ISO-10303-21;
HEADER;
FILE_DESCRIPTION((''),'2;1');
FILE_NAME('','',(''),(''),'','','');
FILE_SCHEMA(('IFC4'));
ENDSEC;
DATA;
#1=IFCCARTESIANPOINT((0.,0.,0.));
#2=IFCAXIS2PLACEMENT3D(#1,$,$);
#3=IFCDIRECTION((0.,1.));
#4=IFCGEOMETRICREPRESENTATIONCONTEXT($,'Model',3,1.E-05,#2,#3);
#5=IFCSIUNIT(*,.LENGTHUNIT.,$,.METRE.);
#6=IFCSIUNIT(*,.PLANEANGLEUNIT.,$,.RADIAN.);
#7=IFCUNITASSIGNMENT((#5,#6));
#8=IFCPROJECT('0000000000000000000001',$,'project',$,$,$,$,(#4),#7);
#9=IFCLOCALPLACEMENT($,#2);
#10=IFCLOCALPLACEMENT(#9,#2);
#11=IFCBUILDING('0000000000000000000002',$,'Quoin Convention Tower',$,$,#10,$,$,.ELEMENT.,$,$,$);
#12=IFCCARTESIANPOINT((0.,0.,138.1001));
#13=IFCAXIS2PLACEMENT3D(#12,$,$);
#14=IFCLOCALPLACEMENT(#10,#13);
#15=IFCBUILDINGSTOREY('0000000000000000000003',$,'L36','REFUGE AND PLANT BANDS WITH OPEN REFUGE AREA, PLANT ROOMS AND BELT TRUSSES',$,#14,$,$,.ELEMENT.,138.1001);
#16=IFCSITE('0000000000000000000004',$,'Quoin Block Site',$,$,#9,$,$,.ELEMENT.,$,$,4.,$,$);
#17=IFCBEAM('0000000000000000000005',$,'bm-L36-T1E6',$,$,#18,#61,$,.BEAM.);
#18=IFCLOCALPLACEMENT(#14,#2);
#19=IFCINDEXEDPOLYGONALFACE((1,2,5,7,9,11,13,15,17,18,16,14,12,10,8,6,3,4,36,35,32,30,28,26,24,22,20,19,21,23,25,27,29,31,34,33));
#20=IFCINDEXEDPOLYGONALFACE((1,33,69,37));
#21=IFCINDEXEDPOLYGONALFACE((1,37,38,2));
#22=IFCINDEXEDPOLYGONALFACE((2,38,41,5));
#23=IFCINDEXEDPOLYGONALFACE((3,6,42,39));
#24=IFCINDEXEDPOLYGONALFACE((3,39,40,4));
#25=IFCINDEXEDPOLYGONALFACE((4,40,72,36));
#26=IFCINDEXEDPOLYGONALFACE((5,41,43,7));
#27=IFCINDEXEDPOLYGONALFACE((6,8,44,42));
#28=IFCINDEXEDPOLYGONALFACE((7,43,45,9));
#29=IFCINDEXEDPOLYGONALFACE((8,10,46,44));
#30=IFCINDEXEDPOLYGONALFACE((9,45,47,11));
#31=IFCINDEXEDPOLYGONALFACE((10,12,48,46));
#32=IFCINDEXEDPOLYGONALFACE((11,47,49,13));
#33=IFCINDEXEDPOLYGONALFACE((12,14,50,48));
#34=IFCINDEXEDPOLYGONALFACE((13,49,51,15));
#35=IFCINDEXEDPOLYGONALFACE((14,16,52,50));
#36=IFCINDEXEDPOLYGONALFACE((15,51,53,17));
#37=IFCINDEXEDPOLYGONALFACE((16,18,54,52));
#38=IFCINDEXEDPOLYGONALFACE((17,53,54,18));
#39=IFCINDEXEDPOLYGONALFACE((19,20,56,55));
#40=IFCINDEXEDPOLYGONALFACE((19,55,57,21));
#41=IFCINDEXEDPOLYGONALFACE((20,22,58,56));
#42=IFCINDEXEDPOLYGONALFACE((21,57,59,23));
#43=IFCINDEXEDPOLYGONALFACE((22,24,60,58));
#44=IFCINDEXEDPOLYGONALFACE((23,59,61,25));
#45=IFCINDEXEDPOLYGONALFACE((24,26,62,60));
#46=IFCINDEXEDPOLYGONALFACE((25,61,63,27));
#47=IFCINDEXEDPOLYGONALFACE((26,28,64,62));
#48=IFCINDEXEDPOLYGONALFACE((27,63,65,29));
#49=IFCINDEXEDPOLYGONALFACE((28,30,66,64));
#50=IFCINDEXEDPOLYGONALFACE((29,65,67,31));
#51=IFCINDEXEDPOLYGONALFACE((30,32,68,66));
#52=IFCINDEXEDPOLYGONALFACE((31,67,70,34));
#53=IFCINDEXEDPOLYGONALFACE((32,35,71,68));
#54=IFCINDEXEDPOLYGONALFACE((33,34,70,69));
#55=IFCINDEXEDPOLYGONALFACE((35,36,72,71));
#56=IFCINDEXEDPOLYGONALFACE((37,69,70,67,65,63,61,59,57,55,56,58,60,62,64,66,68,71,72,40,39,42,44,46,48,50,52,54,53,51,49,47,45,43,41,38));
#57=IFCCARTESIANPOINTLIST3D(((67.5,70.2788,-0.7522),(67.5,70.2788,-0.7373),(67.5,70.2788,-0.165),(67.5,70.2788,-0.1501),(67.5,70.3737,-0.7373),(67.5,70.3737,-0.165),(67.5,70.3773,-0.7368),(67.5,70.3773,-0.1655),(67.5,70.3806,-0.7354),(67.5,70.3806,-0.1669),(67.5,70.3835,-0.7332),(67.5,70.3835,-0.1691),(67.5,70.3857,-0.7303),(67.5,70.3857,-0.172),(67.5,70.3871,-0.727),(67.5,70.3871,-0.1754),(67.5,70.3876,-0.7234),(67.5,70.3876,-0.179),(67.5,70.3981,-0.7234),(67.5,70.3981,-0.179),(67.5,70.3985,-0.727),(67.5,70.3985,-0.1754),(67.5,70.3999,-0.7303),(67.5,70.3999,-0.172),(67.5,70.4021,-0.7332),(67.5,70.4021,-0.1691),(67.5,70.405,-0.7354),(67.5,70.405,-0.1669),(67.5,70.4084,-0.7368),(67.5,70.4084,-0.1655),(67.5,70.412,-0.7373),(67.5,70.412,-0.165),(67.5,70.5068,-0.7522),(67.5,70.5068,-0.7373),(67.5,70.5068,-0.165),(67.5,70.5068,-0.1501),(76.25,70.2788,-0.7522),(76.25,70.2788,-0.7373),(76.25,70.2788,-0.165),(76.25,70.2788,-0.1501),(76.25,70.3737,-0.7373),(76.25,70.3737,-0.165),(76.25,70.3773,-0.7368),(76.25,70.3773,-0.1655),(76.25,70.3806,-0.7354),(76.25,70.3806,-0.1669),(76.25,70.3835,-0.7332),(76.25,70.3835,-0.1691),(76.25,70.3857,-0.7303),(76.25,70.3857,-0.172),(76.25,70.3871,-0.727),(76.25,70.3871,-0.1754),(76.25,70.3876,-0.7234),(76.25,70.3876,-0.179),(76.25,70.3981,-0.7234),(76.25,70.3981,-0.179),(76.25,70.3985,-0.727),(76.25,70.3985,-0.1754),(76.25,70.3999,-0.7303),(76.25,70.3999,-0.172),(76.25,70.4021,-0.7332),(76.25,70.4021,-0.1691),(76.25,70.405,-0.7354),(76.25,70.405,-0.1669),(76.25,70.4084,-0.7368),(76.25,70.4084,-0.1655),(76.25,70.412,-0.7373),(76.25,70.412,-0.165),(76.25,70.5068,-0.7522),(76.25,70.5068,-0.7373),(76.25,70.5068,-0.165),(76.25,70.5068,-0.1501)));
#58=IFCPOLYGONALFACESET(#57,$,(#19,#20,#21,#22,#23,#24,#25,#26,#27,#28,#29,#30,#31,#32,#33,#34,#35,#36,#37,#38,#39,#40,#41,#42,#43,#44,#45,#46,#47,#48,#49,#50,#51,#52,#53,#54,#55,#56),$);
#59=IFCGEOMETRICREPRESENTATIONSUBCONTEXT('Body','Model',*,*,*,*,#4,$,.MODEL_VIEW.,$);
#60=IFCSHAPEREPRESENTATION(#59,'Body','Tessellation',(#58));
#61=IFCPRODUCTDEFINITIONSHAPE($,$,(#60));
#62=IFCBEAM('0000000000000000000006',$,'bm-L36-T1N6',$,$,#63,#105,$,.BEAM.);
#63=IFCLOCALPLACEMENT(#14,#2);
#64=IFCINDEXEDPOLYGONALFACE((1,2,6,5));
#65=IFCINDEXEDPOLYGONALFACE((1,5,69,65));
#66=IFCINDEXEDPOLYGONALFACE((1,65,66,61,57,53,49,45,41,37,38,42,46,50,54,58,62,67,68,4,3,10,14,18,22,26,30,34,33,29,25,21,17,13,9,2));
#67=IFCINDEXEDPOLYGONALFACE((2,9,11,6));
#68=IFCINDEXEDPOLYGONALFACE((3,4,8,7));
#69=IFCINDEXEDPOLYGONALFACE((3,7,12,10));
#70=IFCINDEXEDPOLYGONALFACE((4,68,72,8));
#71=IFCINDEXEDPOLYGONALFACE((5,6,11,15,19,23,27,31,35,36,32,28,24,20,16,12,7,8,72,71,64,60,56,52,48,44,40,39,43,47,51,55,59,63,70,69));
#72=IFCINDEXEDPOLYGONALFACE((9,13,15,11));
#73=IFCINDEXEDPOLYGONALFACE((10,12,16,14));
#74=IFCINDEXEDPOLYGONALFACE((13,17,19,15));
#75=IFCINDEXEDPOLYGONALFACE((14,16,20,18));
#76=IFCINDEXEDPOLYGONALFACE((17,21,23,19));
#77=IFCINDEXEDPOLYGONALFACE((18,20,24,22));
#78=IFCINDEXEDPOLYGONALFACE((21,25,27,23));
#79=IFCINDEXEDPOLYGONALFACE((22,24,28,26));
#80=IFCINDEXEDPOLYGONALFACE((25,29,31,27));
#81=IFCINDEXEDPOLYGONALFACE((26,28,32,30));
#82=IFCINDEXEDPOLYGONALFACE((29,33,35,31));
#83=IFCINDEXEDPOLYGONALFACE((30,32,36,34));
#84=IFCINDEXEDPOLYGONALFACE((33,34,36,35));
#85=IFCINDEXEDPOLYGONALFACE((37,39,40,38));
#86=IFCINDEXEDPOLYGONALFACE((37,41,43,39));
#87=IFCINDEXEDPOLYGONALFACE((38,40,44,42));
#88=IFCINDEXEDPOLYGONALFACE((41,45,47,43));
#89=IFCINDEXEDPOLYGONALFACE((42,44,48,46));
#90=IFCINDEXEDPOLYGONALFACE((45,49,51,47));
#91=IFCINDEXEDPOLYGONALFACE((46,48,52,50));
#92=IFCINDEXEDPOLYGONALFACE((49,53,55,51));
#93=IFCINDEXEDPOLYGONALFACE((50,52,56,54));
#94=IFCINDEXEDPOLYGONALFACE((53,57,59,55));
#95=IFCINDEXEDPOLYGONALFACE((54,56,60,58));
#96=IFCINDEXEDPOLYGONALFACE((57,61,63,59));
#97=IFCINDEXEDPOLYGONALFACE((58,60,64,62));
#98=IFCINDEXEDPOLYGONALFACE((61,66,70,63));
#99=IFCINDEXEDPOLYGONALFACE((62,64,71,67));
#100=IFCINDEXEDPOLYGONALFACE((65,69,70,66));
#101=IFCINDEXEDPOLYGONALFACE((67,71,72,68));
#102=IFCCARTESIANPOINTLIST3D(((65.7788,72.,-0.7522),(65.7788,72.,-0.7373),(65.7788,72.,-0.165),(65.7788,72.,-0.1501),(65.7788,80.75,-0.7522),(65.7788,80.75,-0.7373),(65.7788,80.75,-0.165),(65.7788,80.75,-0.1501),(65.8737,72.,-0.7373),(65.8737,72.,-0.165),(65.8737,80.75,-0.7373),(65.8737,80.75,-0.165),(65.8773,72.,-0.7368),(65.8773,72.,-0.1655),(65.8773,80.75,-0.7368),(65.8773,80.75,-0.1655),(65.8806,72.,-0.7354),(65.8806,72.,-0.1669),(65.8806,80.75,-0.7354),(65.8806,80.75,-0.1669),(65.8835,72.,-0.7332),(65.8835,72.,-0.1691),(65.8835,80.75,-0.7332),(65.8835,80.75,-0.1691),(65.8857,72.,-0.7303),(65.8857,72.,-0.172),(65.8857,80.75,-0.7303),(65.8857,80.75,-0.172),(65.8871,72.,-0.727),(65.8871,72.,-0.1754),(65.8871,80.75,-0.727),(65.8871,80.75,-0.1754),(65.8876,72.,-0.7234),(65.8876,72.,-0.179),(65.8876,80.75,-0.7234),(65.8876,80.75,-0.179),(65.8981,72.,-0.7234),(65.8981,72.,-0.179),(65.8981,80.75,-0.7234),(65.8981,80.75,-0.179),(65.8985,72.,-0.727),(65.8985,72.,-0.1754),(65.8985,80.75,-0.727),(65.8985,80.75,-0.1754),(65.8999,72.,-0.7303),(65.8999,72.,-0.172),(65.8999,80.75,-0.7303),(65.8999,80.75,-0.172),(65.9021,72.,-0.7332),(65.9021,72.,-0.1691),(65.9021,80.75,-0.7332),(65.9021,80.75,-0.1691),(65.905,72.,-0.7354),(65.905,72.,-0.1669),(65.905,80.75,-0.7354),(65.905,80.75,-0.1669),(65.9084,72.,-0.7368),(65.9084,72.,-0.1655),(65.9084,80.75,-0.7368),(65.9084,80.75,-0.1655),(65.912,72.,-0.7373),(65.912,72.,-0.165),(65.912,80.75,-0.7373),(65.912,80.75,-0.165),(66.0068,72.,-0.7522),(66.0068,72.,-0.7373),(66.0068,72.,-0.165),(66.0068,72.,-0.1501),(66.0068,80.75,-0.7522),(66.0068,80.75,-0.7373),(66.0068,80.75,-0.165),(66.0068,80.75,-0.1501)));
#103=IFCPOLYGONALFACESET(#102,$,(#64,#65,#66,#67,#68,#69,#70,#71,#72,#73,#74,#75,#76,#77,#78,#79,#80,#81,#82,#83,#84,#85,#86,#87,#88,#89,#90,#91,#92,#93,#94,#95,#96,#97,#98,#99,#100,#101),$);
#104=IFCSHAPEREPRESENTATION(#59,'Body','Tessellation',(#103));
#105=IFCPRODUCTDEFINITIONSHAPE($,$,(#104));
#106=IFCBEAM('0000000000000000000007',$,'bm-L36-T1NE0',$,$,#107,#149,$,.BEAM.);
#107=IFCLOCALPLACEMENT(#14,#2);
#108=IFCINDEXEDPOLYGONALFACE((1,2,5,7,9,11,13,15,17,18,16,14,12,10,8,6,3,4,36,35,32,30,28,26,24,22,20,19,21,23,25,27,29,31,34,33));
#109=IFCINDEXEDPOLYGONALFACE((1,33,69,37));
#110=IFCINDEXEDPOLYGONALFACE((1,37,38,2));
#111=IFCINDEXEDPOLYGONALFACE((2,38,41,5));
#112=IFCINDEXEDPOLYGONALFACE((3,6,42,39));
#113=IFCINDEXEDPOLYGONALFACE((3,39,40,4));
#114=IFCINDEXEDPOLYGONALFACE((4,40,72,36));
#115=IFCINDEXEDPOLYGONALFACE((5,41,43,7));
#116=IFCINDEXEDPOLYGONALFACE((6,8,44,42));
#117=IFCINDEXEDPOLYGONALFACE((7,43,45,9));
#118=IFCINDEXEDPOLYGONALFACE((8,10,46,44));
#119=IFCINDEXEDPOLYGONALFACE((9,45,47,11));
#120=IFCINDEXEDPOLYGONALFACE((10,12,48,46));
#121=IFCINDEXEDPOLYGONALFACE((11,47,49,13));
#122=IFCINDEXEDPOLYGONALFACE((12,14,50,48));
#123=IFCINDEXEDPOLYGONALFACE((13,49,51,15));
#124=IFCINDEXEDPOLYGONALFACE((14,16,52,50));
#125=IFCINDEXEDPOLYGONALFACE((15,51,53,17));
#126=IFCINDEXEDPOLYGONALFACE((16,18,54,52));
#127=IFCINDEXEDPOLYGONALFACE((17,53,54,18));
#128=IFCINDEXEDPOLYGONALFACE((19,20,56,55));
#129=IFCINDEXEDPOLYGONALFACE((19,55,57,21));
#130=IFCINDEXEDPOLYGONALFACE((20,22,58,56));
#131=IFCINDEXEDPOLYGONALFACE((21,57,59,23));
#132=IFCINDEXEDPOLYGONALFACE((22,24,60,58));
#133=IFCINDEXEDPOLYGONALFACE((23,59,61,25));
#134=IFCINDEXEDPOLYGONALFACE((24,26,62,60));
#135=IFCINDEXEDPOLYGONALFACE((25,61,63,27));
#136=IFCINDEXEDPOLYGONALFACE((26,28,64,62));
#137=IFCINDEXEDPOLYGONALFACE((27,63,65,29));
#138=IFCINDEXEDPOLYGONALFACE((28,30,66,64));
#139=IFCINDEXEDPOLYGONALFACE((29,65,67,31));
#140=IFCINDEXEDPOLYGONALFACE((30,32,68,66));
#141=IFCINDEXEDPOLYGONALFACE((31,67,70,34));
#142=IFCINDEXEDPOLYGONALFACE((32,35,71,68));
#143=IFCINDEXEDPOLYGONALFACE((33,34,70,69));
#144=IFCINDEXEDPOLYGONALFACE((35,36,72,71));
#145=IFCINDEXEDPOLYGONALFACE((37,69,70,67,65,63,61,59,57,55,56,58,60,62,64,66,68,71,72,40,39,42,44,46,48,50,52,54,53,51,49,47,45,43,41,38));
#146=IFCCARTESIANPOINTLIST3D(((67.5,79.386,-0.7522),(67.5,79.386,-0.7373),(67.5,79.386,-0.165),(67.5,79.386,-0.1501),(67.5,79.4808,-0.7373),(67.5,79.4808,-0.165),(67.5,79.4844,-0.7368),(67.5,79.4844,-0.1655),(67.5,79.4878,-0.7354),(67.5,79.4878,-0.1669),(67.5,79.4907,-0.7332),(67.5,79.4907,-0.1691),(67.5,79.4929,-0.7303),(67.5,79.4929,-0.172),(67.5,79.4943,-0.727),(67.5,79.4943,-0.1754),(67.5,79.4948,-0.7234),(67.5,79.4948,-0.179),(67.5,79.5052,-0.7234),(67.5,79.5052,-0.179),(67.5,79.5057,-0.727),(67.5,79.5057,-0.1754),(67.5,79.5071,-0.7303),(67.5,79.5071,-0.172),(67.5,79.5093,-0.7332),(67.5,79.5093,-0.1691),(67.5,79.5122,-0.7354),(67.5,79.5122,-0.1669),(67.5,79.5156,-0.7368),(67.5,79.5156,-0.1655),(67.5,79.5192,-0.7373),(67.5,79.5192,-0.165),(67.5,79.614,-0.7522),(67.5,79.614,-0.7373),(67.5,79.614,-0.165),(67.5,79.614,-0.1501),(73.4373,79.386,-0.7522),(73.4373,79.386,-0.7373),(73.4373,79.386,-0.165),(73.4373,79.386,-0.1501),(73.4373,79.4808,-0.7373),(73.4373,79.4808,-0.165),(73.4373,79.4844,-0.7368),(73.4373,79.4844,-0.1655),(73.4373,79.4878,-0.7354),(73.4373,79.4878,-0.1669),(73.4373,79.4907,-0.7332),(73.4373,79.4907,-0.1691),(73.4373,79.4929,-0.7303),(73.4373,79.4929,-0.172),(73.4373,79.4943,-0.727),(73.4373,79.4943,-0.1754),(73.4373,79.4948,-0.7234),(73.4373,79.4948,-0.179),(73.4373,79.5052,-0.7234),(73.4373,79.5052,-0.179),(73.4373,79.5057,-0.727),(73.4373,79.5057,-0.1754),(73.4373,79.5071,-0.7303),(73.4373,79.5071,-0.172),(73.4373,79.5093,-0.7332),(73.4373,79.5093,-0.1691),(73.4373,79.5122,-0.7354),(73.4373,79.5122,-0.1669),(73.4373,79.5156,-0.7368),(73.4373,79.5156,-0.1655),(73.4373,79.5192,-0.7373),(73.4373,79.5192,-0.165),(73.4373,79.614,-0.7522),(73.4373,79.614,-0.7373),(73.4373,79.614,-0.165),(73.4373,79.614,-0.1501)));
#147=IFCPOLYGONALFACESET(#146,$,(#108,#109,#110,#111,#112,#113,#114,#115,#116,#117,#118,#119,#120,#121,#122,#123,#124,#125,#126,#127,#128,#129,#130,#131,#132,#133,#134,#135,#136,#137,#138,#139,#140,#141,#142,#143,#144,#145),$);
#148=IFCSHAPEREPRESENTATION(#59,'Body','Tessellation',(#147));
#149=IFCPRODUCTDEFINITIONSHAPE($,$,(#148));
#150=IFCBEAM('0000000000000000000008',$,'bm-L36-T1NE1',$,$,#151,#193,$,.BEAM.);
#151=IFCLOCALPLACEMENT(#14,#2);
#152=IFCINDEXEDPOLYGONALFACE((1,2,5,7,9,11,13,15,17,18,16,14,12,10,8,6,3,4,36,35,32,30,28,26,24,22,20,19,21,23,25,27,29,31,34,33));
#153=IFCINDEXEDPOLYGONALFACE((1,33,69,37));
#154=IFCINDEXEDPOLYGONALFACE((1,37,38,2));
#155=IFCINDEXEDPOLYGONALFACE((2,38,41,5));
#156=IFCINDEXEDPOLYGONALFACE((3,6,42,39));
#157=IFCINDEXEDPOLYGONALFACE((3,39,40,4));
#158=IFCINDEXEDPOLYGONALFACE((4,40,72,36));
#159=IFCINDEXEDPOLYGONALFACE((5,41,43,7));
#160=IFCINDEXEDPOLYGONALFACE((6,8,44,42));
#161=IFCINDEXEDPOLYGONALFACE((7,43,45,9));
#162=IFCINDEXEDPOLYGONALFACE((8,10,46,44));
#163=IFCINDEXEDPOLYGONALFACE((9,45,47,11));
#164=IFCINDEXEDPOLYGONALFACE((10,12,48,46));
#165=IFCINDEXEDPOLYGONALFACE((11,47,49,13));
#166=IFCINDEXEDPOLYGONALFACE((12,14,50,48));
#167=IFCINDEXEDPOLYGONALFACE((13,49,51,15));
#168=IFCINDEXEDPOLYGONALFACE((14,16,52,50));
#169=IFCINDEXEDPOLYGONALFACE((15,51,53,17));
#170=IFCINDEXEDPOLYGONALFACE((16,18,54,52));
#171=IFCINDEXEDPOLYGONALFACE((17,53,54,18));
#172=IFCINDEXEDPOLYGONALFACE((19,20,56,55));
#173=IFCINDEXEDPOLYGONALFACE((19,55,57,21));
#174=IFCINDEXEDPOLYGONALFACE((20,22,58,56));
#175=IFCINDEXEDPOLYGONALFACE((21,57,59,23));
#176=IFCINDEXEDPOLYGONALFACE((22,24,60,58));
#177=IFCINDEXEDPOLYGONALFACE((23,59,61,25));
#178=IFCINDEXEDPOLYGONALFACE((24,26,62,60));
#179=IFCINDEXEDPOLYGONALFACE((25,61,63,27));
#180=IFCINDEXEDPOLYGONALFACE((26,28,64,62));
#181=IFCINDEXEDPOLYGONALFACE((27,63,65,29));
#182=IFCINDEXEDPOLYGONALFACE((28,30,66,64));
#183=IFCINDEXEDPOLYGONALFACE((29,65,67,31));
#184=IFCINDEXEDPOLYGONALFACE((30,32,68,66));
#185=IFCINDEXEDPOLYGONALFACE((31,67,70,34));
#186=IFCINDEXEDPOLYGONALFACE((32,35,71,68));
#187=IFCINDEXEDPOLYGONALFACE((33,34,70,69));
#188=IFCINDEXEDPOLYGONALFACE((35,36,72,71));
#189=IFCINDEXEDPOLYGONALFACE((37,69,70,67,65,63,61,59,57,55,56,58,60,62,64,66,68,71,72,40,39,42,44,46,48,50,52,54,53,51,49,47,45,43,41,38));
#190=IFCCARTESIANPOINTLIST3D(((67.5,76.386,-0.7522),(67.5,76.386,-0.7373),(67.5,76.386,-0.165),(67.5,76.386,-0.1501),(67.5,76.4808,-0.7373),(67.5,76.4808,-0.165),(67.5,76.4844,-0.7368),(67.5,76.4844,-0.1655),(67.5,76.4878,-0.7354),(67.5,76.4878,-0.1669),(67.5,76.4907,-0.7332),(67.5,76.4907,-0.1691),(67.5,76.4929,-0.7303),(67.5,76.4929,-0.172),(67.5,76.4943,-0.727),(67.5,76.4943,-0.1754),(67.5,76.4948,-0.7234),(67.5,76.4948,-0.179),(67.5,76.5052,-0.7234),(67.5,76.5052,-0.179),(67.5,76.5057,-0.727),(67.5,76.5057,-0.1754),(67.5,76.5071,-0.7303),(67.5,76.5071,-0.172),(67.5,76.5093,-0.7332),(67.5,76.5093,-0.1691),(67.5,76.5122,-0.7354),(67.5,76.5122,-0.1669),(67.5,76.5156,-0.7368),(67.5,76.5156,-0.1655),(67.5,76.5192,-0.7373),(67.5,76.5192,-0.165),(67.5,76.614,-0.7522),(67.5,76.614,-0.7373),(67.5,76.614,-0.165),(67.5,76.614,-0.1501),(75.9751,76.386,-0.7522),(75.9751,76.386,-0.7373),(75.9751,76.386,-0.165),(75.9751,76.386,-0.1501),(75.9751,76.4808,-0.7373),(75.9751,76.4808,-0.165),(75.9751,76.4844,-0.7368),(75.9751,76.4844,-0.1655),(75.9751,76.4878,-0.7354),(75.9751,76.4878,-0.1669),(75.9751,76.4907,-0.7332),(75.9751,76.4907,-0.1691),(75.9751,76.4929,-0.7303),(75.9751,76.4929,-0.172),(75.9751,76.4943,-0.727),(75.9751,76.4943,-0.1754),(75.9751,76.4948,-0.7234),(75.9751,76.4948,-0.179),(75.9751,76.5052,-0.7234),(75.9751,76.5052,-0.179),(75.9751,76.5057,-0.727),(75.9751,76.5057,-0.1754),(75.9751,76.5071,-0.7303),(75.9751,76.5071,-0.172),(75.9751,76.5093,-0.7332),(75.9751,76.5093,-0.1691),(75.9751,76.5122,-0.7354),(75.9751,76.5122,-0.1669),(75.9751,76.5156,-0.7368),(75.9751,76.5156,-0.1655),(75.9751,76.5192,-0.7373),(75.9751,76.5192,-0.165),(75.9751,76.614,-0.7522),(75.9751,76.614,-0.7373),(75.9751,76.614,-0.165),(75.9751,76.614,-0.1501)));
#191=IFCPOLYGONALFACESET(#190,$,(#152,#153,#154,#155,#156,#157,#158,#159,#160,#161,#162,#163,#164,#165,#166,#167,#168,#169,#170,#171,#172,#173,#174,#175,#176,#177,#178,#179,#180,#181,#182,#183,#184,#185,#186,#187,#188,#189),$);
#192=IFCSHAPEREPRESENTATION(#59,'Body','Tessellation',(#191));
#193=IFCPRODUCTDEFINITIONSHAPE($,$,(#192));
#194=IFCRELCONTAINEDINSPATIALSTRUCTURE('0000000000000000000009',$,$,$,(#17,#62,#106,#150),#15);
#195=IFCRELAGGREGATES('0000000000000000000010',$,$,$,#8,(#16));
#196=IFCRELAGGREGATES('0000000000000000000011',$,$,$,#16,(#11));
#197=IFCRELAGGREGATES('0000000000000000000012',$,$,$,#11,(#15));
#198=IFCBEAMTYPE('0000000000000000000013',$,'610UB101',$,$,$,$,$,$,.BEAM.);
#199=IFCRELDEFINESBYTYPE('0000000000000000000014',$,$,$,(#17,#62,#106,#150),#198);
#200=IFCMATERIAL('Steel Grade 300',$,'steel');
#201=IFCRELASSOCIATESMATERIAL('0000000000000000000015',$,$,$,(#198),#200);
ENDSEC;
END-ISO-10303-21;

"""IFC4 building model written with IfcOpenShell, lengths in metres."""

from ifc_helpers import new_model, si_unit, direction, frame, origin, origin_2d, place, context, subcontext, project, spatial, i_section, extrude, material, material_profile, profile_set, type_object, element, save


model = new_model("IFC4")

# Units and contexts
model_context = context("Model", 3, precision=1e-05, world=origin(), true_north=direction((0.0, 1.0)))
body_context = subcontext(model_context, "Body", "Model", "MODEL_VIEW")
ifc_project = project(units=[si_unit("LENGTHUNIT", "METRE"), si_unit("PLANEANGLEUNIT", "RADIAN")], contexts=[model_context])

# Site, building, storey
site_placement = place(None, origin())
site = spatial("IfcSite", under=ifc_project, at=site_placement, Name="Quoin Block Site", CompositionType="ELEMENT", RefElevation=4.0)
building_placement = place(site_placement, origin())
building = spatial("IfcBuilding", under=site, at=building_placement, Name="Quoin Convention Tower", CompositionType="ELEMENT")
storey_placement = place(building_placement, frame((0.0, 0.0, 138.1001)))
storey = spatial("IfcBuildingStorey", under=building, at=storey_placement, Name="L36", Description="REFUGE AND PLANT BANDS WITH OPEN REFUGE AREA, PLANT ROOMS AND BELT TRUSSES", CompositionType="ELEMENT", Elevation=138.1001)

# Shared definitions
ifc_material_1 = material(Name="Steel Grade 300", Category="steel")

# Beams
ifc_material_profile_1 = material_profile(ifc_material_1, i_section(OverallWidth=0.228, OverallDepth=0.6021, WebThickness=0.0105, FlangeThickness=0.0149, FilletRadius=0.0139, at=origin_2d()), Name="610UB101")
ifc_profile_set_1 = profile_set([ifc_material_profile_1], Name="Steel Grade 300")
beam_type_1 = type_object("IfcBeamType", Name="610UB101", PredefinedType="BEAM", material=ifc_profile_set_1)
for number, where, z_axis, x_axis, name in (
    (1, (67.5, 70.3928, -0.4512), (1.0, 0.0, 0.0), (0.0, 1.0, 0.0), "bm-L36-T1E6"),
    (2, (65.8928, 72.0, -0.4512), (0.0, 1.0, 0.0), (-1.0, 0.0, 0.0), "bm-L36-T1N6"),
):
    element("IfcBeam", number, at=place(storey_placement, frame(where, z_axis=z_axis, x_axis=x_axis)), inside=storey, type_object=beam_type_1, Name=name, PredefinedType="BEAM", context=body_context, shape_type="SweptSolid", body=[
        extrude(i_section(OverallWidth=0.228, OverallDepth=0.6021, WebThickness=0.0105, FlangeThickness=0.0149, FilletRadius=0.0139, at=origin_2d()), origin(), (0.0, 0.0, 1.0), 8.75),
    ])
beam_1_placement = place(storey_placement, frame((67.5, 79.5, -0.4512), z_axis=(1.0, 0.0, 0.0), x_axis=(0.0, 1.0, 0.0)))
element("IfcBeam", 3, at=beam_1_placement, inside=storey, type_object=beam_type_1, Name="bm-L36-T1NE0", PredefinedType="BEAM", context=body_context, shape_type="SweptSolid", body=[
    extrude(i_section(OverallWidth=0.228, OverallDepth=0.6021, WebThickness=0.0105, FlangeThickness=0.0149, FilletRadius=0.0139, at=origin_2d()), origin(), (0.0, 0.0, 1.0), 5.9373),
])
beam_2_placement = place(storey_placement, frame((67.5, 76.5, -0.4512), z_axis=(1.0, 0.0, 0.0), x_axis=(0.0, 1.0, 0.0)))
element("IfcBeam", 4, at=beam_2_placement, inside=storey, type_object=beam_type_1, Name="bm-L36-T1NE1", PredefinedType="BEAM", context=body_context, shape_type="SweptSolid", body=[
    extrude(i_section(OverallWidth=0.228, OverallDepth=0.6021, WebThickness=0.0105, FlangeThickness=0.0149, FilletRadius=0.0139, at=origin_2d()), origin(), (0.0, 0.0, 1.0), 8.4751),
])

save(model, "model.ifc")
